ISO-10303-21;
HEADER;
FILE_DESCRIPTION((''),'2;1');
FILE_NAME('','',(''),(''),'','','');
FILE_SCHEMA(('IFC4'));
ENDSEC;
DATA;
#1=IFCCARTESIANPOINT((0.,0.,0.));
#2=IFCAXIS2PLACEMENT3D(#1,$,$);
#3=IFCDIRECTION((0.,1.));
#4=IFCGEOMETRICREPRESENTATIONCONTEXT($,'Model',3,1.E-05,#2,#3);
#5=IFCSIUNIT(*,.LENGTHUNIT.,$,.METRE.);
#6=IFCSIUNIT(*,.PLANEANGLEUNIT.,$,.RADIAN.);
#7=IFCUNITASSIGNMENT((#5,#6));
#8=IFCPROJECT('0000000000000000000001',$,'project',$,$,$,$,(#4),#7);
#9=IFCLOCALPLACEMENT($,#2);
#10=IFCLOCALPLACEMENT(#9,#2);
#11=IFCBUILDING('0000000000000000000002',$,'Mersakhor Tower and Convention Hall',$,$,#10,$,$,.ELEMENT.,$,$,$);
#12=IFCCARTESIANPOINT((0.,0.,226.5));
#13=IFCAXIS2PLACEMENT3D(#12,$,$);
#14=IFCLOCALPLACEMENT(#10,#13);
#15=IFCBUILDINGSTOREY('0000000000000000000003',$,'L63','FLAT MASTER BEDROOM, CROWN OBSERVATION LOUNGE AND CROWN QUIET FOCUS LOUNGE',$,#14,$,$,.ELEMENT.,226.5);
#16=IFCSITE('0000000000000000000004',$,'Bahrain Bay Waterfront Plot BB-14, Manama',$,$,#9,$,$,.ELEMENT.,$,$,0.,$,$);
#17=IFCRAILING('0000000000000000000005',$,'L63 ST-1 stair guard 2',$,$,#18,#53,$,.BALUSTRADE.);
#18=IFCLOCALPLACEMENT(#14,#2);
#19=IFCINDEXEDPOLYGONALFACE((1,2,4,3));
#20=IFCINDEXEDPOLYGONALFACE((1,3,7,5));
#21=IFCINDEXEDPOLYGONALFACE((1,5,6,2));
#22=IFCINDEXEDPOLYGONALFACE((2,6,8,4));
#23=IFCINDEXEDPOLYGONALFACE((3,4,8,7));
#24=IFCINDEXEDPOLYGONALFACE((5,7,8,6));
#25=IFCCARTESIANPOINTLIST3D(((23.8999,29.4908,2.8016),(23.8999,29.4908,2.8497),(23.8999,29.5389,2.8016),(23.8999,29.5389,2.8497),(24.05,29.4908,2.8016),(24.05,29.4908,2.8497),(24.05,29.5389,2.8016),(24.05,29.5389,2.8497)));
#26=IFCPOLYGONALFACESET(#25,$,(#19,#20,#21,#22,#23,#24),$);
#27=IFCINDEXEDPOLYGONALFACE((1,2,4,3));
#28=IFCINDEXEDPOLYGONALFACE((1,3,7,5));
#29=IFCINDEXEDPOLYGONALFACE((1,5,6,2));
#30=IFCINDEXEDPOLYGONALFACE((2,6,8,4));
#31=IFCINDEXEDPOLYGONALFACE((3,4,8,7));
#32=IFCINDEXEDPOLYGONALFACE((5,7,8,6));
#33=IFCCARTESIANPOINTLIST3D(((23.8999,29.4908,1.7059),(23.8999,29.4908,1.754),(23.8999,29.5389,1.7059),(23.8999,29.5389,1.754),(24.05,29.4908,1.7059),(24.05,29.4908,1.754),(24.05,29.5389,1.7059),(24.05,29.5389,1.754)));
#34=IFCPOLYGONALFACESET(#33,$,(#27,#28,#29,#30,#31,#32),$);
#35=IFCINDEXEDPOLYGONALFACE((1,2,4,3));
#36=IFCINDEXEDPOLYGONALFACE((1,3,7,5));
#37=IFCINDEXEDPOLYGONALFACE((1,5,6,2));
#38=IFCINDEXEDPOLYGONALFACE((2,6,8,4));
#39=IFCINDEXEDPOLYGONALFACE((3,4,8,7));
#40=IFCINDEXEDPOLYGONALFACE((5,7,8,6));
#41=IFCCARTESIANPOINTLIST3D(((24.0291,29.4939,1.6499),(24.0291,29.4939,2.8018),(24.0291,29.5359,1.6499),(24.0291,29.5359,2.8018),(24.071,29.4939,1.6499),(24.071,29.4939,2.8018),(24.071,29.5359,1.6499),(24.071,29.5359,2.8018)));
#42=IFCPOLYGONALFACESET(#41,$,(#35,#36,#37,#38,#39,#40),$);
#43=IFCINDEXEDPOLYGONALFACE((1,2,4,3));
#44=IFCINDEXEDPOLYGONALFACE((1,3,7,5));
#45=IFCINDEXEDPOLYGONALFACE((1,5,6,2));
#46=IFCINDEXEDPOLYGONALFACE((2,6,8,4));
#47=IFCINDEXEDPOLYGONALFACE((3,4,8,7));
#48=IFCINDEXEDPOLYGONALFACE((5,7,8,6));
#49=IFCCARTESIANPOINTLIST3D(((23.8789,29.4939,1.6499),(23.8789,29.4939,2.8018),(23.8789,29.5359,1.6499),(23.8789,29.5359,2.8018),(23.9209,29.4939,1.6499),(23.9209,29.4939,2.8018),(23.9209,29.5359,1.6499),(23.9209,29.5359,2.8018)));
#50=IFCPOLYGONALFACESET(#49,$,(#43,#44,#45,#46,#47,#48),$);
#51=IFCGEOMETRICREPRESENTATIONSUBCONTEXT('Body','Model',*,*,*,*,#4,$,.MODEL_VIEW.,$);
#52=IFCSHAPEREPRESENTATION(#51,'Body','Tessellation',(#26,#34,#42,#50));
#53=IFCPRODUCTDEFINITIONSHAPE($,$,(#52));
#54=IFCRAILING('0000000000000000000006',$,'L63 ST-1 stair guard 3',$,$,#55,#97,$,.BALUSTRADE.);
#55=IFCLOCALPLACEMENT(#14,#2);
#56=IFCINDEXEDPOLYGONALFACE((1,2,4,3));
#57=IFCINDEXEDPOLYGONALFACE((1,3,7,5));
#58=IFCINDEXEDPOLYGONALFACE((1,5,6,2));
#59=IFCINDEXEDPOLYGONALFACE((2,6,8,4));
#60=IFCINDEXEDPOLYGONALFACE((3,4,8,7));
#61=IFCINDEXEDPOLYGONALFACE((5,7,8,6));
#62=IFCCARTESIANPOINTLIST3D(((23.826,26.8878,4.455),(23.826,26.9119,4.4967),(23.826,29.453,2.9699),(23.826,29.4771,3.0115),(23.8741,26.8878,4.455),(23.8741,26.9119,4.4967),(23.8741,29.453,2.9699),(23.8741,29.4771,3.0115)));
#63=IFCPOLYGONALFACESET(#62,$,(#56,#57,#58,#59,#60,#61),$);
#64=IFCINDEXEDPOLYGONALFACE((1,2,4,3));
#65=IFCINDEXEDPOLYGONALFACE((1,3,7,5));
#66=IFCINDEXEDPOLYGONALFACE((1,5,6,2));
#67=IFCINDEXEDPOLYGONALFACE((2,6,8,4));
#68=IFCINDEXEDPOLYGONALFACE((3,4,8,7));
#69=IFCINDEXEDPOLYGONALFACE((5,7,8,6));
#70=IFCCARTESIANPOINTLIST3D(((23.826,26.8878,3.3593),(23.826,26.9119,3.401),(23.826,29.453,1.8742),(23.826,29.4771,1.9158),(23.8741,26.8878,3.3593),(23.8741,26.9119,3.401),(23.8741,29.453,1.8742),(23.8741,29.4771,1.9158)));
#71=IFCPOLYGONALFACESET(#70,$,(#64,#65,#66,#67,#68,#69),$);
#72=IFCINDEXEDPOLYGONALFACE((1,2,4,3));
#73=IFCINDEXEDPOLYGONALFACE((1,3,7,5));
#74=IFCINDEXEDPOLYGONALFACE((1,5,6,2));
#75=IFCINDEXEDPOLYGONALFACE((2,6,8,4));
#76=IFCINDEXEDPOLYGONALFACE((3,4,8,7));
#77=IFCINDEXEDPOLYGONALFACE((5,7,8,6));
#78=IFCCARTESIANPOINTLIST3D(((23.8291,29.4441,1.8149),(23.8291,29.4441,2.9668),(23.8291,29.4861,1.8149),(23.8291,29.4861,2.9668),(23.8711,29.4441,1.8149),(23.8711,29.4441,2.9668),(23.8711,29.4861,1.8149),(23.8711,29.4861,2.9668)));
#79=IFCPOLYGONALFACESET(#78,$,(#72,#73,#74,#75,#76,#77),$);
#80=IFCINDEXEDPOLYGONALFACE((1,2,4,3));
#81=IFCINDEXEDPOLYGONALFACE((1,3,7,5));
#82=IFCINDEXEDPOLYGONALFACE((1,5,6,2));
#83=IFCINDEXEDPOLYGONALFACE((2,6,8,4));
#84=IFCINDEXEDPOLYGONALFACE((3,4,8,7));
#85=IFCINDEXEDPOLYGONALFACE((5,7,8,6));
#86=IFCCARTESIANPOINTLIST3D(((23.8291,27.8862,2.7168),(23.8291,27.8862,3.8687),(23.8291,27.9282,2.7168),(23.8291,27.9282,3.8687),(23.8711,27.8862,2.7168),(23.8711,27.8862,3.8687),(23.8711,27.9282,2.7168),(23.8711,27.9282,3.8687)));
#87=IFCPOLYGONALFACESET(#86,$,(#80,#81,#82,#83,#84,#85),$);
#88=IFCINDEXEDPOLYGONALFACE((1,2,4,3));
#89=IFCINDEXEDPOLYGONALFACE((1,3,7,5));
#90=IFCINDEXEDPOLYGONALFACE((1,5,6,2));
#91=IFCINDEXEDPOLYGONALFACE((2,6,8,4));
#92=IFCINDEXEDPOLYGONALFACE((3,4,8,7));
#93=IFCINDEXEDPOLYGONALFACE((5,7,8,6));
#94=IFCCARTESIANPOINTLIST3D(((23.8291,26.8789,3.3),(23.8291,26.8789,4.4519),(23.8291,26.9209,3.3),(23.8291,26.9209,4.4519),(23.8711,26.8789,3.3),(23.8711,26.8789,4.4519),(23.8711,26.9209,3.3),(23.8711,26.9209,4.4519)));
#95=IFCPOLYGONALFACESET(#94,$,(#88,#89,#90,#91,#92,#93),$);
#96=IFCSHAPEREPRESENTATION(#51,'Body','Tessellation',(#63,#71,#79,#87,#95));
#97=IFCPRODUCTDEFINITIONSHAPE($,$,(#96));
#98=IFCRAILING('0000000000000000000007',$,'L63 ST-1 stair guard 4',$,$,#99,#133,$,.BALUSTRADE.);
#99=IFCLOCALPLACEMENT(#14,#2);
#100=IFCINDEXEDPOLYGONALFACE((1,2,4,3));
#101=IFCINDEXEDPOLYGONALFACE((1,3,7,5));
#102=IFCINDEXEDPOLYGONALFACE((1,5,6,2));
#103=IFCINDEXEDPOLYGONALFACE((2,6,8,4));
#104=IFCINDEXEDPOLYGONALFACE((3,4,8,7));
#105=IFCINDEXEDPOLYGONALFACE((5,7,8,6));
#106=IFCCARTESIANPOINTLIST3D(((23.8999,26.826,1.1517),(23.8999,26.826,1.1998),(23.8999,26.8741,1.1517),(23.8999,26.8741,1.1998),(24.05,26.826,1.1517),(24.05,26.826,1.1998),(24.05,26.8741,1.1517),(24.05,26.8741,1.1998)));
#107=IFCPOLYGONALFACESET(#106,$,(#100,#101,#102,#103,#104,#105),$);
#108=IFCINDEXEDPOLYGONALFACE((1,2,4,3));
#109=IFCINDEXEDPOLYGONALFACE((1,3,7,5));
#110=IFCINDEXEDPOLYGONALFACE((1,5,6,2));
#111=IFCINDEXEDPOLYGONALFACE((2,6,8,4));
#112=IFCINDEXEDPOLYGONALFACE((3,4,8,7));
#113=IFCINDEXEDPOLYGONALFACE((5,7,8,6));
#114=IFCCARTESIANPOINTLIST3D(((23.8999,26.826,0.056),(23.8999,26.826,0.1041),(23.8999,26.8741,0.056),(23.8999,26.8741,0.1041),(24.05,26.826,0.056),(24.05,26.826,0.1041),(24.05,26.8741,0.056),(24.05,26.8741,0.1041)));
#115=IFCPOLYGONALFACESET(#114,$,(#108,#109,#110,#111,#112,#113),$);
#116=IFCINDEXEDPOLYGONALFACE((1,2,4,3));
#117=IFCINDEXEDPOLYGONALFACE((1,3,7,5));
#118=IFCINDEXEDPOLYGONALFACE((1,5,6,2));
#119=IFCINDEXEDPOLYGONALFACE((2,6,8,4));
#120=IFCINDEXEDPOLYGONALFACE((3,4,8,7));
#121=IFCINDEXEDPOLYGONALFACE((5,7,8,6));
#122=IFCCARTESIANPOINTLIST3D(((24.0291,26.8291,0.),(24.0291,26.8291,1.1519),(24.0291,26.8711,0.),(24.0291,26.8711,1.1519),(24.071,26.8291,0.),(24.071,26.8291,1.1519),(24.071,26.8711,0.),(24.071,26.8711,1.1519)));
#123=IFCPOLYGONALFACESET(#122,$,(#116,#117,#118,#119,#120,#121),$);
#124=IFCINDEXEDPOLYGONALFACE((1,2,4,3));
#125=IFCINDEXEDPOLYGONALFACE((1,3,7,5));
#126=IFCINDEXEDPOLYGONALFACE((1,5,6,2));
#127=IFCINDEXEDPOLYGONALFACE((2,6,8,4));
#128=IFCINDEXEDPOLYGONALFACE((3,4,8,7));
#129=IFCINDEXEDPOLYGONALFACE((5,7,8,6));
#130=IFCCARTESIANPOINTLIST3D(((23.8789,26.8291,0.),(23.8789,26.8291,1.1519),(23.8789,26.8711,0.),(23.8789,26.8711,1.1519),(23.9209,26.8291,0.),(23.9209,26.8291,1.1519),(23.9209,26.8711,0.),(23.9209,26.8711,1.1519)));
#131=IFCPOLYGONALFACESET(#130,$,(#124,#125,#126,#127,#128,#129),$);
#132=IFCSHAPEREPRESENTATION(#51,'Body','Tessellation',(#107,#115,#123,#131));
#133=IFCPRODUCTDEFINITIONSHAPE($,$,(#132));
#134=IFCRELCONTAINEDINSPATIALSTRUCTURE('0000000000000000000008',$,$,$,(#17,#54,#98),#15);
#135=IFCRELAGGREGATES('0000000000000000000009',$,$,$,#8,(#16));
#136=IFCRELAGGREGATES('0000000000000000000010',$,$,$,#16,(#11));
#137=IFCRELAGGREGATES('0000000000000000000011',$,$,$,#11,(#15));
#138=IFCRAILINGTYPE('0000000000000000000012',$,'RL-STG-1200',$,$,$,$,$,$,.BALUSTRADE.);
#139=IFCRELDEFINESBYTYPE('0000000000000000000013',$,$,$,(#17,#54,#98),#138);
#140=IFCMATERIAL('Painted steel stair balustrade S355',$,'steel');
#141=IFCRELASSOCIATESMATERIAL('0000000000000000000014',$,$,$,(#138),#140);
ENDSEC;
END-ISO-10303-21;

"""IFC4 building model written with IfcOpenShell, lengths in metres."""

from ifc_helpers import new_model, si_unit, direction, frame, origin, origin_2d, place, context, subcontext, project, spatial, rectangle, extrude, material, type_object, element, save


model = new_model("IFC4")

# Units and contexts
model_context = context("Model", 3, precision=1e-05, world=origin(), true_north=direction((0.0, 1.0)))
body_context = subcontext(model_context, "Body", "Model", "MODEL_VIEW")
ifc_project = project(units=[si_unit("LENGTHUNIT", "METRE"), si_unit("PLANEANGLEUNIT", "RADIAN")], contexts=[model_context])

# Site, building, storey
site_placement = place(None, origin())
site = spatial("IfcSite", under=ifc_project, at=site_placement, Name="Bahrain Bay Waterfront Plot BB-14, Manama", CompositionType="ELEMENT", RefElevation=0.0)
building_placement = place(site_placement, origin())
building = spatial("IfcBuilding", under=site, at=building_placement, Name="Mersakhor Tower and Convention Hall", CompositionType="ELEMENT")
storey_placement = place(building_placement, frame((0.0, 0.0, 226.5)))
storey = spatial("IfcBuildingStorey", under=building, at=storey_placement, Name="L63", Description="FLAT MASTER BEDROOM, CROWN OBSERVATION LOUNGE AND CROWN QUIET FOCUS LOUNGE", CompositionType="ELEMENT", Elevation=226.5)

# Railings
ifc_material_1 = material(Name="Painted steel stair balustrade S355", Category="steel")
railing_type_1 = type_object("IfcRailingType", Name="RL-STG-1200", PredefinedType="BALUSTRADE", material=ifc_material_1)
railing_1_placement = place(storey_placement, frame((24.05, 29.5149, 1.6499)))
element("IfcRailing", 1, at=railing_1_placement, inside=storey, type_object=railing_type_1, Name="L63 ST-1 stair guard 2", PredefinedType="BALUSTRADE", context=body_context, shape_type="SweptSolid", body=[
    extrude(rectangle(XDim=0.0481, YDim=0.0481, at=origin_2d()), frame((0.0, 0.0, 1.1758), z_axis=(-1.0, 0.0, 0.0), x_axis=(0.0, -1.0, 0.0)), (0.0, 0.0, 1.0), 0.1501),
    extrude(rectangle(XDim=0.0481, YDim=0.0481, at=origin_2d()), frame((0.0, 0.0, 0.0801), z_axis=(-1.0, 0.0, 0.0), x_axis=(0.0, -1.0, 0.0)), (0.0, 0.0, 1.0), 0.1501),
    extrude(rectangle(XDim=0.042, YDim=0.042, at=origin_2d()), origin(), (0.0, 0.0, 1.0), 1.1519),
    extrude(rectangle(XDim=0.042, YDim=0.042, at=origin_2d()), frame((-0.1501, 0.0, 0.0)), (0.0, 0.0, 1.0), 1.1519),
])
railing_2_placement = place(storey_placement, frame((23.8501, 29.4651, 1.8149)))
element("IfcRailing", 2, at=railing_2_placement, inside=storey, type_object=railing_type_1, Name="L63 ST-1 stair guard 3", PredefinedType="BALUSTRADE", context=body_context, shape_type="SweptSolid", body=[
    extrude(rectangle(XDim=0.0481, YDim=0.0481, at=origin_2d()), frame((0.0, 0.0, 1.1758), z_axis=(0.0, -0.865426, 0.501036), x_axis=(1.0, 0.0, 0.0)), (0.0, 0.0, 1.0), 2.9641),
    extrude(rectangle(XDim=0.0481, YDim=0.0481, at=origin_2d()), frame((0.0, 0.0, 0.0801), z_axis=(0.0, -0.865426, 0.501036), x_axis=(1.0, 0.0, 0.0)), (0.0, 0.0, 1.0), 2.9641),
    extrude(rectangle(XDim=0.042, YDim=0.042, at=origin_2d()), origin(), (0.0, 0.0, 1.0), 1.1519),
    extrude(rectangle(XDim=0.042, YDim=0.042, at=origin_2d()), frame((0.0, -1.5579, 0.9019)), (0.0, 0.0, 1.0), 1.1519),
    extrude(rectangle(XDim=0.042, YDim=0.042, at=origin_2d()), frame((0.0, -2.5652, 1.4851)), (0.0, 0.0, 1.0), 1.1519),
])
railing_3_placement = place(storey_placement, frame((24.05, 26.8501, 0.0)))
element("IfcRailing", 3, at=railing_3_placement, inside=storey, type_object=railing_type_1, Name="L63 ST-1 stair guard 4", PredefinedType="BALUSTRADE", context=body_context, shape_type="SweptSolid", body=[
    extrude(rectangle(XDim=0.0481, YDim=0.0481, at=origin_2d()), frame((0.0, 0.0, 1.1758), z_axis=(-1.0, 0.0, 0.0), x_axis=(0.0, -1.0, 0.0)), (0.0, 0.0, 1.0), 0.1501),
    extrude(rectangle(XDim=0.0481, YDim=0.0481, at=origin_2d()), frame((0.0, 0.0, 0.0801), z_axis=(-1.0, 0.0, 0.0), x_axis=(0.0, -1.0, 0.0)), (0.0, 0.0, 1.0), 0.1501),
    extrude(rectangle(XDim=0.042, YDim=0.042, at=origin_2d()), origin(), (0.0, 0.0, 1.0), 1.1519),
    extrude(rectangle(XDim=0.042, YDim=0.042, at=origin_2d()), frame((-0.1501, 0.0, 0.0)), (0.0, 0.0, 1.0), 1.1519),
])

save(model, "model.ifc")
